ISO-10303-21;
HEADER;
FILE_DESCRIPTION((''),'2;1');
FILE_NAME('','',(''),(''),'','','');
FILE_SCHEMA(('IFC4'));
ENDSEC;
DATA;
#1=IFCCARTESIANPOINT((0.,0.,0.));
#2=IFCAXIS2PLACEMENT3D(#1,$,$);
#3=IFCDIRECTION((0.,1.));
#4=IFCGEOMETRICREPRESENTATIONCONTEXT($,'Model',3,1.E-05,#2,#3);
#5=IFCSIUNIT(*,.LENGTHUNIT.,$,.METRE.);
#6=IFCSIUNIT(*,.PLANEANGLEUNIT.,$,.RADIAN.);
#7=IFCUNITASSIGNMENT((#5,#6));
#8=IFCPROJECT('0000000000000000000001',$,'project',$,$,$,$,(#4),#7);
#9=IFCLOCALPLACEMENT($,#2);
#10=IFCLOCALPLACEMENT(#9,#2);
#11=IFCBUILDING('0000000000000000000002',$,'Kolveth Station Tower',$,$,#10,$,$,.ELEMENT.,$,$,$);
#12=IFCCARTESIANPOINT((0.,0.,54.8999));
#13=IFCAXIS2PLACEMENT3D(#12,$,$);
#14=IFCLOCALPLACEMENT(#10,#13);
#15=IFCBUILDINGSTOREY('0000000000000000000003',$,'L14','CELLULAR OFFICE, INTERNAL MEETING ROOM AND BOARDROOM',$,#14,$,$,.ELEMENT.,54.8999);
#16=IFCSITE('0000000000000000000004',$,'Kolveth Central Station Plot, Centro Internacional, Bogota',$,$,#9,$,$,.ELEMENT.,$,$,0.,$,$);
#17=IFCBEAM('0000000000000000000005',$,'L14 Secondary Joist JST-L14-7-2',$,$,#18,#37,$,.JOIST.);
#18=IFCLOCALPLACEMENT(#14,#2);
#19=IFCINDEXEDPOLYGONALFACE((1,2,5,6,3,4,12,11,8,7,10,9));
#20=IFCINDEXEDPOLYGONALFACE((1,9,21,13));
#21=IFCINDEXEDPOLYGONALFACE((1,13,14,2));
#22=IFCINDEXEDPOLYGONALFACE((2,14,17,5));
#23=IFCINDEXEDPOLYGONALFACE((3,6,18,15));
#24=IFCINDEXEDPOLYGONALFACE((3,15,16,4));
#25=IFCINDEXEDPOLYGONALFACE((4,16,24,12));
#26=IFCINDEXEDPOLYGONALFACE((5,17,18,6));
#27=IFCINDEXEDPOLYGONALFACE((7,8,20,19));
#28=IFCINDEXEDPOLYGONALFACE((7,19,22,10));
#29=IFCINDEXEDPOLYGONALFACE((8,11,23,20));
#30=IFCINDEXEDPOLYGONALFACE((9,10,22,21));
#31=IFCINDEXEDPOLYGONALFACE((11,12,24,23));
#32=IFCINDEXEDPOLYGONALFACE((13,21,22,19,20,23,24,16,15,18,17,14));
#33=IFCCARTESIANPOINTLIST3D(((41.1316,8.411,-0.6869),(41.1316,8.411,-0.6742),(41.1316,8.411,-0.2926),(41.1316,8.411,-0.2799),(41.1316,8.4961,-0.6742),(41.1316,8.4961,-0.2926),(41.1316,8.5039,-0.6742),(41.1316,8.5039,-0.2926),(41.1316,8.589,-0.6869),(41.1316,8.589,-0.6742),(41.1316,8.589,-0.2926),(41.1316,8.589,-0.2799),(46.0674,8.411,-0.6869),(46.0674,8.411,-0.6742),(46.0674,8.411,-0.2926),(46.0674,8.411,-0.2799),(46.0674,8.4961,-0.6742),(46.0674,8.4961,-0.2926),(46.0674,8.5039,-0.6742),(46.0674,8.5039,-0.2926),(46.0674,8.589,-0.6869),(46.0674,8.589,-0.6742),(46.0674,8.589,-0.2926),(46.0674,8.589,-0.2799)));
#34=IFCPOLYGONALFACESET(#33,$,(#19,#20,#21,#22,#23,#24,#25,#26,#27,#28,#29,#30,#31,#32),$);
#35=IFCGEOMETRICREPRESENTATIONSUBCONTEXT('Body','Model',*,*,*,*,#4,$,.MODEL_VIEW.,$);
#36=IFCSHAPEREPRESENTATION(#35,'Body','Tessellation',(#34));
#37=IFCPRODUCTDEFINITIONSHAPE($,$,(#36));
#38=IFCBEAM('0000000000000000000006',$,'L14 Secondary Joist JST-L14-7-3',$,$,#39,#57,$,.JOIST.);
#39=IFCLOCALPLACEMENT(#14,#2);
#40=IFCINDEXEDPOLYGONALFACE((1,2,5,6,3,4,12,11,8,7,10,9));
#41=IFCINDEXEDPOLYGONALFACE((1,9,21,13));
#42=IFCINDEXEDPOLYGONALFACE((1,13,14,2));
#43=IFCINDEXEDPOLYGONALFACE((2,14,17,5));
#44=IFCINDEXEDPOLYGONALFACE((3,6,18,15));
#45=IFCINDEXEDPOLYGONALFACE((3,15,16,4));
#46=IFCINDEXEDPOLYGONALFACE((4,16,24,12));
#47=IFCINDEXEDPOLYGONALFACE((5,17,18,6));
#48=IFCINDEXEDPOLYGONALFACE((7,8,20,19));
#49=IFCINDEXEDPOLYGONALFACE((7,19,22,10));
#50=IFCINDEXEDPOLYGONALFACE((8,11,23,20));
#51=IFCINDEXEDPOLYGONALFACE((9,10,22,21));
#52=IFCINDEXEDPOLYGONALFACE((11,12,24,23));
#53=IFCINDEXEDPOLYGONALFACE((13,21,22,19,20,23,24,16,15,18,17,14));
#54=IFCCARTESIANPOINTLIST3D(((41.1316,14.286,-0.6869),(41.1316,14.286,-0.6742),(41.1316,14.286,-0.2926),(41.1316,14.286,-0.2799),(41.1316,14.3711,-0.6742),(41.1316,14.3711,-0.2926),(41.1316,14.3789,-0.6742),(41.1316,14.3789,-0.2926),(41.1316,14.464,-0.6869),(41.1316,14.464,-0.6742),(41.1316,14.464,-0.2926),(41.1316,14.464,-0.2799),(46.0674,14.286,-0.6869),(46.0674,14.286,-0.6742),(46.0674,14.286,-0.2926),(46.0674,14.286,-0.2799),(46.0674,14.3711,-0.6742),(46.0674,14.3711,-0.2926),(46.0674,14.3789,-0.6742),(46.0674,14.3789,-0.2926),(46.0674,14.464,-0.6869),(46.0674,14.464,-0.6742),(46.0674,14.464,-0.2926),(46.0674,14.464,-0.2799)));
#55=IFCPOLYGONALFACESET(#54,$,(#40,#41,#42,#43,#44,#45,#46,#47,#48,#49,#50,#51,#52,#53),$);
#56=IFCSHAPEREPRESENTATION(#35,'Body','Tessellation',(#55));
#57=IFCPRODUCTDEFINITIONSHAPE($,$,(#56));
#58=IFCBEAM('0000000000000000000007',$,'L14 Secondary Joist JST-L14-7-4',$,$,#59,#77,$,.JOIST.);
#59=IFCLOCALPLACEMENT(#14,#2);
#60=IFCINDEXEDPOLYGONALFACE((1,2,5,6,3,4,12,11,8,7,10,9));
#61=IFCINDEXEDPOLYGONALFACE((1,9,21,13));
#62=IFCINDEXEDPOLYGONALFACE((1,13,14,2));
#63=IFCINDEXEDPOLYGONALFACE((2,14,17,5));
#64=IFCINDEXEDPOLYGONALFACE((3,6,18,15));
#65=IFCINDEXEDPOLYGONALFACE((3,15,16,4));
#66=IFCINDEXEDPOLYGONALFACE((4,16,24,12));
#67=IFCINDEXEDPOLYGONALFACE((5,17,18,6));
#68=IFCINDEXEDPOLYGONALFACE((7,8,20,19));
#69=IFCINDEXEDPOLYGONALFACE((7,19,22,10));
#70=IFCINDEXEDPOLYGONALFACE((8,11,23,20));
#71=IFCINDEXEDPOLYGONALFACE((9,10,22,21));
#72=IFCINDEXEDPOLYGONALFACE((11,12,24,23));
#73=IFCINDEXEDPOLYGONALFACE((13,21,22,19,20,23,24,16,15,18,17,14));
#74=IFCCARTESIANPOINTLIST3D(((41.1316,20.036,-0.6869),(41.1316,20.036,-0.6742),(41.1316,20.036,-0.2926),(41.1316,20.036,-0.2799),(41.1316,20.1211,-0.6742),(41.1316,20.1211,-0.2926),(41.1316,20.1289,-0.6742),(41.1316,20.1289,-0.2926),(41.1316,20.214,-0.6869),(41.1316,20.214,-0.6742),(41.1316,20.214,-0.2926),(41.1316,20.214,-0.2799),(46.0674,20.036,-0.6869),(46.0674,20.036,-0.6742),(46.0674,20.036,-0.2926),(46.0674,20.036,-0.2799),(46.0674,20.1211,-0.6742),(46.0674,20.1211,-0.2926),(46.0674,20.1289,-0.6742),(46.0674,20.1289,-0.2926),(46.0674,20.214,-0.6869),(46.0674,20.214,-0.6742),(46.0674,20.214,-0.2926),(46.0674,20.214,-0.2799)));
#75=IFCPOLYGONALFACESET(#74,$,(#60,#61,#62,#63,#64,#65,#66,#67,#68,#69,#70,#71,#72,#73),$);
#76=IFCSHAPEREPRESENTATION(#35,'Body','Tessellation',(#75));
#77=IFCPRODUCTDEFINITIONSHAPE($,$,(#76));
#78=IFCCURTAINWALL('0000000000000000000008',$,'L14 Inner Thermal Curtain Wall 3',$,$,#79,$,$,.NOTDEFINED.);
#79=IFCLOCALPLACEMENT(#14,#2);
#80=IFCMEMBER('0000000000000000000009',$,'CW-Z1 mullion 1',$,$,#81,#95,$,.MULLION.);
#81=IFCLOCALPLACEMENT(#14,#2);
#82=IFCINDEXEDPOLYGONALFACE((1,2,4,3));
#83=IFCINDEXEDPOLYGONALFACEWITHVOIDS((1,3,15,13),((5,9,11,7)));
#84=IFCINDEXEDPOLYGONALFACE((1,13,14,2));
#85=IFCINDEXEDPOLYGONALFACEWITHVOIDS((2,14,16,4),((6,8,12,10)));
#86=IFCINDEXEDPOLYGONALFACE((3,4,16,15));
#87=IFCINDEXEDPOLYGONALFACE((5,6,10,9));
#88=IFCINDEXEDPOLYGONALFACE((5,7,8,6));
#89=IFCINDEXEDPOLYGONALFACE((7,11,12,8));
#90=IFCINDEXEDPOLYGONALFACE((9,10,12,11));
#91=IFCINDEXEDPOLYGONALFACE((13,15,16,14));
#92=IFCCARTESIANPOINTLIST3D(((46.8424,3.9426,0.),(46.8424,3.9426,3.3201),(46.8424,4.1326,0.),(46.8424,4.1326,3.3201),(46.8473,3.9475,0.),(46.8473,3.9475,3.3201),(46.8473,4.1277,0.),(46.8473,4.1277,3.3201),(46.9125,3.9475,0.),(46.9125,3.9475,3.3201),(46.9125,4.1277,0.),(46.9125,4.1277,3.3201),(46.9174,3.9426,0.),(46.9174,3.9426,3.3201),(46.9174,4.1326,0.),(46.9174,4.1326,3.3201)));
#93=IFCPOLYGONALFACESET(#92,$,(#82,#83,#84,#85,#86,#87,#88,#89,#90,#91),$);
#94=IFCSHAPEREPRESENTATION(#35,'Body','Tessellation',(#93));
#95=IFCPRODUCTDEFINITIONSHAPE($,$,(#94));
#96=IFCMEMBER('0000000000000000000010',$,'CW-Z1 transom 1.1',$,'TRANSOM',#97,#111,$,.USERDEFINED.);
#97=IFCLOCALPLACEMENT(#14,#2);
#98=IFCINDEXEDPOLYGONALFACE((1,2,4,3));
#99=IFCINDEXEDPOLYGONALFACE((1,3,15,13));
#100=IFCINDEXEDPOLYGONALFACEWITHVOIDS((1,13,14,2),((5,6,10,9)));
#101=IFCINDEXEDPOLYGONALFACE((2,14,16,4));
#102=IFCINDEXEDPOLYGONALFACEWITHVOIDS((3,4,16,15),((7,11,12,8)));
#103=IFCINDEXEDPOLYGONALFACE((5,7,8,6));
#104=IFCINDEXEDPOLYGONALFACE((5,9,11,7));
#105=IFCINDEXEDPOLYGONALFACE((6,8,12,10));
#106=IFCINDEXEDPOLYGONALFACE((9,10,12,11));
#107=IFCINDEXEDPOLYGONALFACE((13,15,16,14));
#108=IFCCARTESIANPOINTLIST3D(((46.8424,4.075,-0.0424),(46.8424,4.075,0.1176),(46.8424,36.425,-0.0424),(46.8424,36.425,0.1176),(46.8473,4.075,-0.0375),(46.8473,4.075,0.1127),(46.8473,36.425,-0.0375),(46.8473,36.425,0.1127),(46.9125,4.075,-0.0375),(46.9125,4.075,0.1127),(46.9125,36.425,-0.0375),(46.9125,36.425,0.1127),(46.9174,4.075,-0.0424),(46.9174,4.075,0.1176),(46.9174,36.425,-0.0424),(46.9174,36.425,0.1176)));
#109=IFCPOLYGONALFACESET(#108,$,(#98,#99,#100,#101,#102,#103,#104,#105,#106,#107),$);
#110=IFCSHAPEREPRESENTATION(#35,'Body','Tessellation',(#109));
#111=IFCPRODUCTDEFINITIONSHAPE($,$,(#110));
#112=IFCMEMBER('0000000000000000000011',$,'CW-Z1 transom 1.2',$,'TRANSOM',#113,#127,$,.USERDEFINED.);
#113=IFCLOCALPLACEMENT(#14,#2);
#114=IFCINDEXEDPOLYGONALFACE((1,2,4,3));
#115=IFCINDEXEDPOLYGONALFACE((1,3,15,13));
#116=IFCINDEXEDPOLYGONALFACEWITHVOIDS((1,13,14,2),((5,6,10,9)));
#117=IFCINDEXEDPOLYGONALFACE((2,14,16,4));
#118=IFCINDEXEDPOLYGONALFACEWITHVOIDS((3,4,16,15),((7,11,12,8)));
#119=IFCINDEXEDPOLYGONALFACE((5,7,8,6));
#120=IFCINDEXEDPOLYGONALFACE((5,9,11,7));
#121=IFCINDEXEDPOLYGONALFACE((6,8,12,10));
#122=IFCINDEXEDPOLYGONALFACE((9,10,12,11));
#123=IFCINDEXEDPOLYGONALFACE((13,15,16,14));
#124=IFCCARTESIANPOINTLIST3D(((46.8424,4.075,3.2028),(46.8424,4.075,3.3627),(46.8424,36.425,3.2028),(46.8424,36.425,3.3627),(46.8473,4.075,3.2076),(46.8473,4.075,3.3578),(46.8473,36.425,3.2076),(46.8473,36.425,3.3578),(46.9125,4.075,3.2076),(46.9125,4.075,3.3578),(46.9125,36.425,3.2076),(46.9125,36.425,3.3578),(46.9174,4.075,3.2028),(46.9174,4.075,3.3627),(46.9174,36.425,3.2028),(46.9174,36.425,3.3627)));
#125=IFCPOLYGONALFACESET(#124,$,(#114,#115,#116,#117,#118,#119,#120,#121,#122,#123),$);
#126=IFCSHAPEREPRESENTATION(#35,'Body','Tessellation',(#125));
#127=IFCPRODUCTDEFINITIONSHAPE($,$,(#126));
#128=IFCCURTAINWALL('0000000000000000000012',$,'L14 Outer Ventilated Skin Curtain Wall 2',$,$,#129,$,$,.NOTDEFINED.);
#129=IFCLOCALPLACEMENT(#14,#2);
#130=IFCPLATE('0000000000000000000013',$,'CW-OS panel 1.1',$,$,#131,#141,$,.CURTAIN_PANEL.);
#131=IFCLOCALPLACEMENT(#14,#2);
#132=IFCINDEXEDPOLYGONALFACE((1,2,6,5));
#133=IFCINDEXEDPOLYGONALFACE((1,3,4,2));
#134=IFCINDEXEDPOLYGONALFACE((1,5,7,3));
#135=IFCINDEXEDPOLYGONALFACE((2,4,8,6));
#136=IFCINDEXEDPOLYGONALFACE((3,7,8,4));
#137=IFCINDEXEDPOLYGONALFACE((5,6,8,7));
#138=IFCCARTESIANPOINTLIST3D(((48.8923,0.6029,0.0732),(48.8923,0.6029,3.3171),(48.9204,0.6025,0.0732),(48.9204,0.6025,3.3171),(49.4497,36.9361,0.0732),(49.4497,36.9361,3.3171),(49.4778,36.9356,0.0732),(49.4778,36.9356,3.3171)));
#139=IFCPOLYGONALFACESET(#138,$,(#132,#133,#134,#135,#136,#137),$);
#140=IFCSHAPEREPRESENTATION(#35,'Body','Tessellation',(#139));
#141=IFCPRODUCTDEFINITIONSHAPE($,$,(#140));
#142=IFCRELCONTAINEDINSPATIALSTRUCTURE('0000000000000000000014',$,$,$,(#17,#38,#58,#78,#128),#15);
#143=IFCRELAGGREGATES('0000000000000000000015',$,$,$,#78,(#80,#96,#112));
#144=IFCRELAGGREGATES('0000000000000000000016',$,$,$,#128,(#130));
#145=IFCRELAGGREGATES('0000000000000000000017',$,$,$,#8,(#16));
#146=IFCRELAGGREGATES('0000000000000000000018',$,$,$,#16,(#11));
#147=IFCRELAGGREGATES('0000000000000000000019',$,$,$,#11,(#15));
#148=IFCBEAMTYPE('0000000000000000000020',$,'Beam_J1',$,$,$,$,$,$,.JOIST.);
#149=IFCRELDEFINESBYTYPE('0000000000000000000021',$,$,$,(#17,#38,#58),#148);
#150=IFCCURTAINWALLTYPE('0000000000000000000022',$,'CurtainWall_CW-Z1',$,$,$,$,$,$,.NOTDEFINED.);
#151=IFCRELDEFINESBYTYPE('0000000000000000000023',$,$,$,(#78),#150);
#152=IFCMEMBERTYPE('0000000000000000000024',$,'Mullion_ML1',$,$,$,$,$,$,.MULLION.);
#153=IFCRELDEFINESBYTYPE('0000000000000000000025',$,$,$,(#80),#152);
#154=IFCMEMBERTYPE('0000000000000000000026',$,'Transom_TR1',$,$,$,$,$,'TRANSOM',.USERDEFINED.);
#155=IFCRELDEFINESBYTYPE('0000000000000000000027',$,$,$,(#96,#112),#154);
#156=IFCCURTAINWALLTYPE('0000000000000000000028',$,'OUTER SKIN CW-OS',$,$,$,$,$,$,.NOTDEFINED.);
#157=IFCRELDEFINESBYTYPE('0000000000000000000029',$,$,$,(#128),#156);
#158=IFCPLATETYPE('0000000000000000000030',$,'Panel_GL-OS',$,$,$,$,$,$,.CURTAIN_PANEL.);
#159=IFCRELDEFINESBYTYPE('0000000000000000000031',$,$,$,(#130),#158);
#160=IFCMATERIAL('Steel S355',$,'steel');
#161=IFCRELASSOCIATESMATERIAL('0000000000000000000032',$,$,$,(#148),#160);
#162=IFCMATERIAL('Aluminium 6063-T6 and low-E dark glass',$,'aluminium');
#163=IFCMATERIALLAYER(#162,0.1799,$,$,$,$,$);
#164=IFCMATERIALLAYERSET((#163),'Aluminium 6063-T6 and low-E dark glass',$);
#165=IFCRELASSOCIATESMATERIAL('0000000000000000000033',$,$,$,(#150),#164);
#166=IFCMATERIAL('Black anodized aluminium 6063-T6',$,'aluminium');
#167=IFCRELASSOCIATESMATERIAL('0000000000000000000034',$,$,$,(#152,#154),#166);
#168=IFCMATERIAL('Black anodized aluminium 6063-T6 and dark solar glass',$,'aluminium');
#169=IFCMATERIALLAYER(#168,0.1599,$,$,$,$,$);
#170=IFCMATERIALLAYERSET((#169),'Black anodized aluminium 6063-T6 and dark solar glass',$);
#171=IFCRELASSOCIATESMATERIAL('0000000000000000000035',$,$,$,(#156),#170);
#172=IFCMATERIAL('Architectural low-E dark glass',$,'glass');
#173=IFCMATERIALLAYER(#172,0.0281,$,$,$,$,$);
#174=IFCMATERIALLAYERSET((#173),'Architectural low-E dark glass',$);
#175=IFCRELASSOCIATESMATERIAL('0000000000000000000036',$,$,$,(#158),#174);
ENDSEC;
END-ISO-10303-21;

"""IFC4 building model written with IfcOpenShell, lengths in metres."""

from ifc_helpers import new_model, si_unit, direction, frame, origin, origin_2d, place, context, subcontext, project, spatial, rectangle, hollow_rectangle, i_section, extrude, source, transform, mapped, material, layer, layer_set, material_profile, profile_set, type_object, element, aggregate, save


model = new_model("IFC4")

# Units and contexts
model_context = context("Model", 3, precision=1e-05, world=origin(), true_north=direction((0.0, 1.0)))
body_context = subcontext(model_context, "Body", "Model", "MODEL_VIEW")
ifc_project = project(units=[si_unit("LENGTHUNIT", "METRE"), si_unit("PLANEANGLEUNIT", "RADIAN")], contexts=[model_context])

# Site, building, storey
site_placement = place(None, origin())
site = spatial("IfcSite", under=ifc_project, at=site_placement, Name="Kolveth Central Station Plot, Centro Internacional, Bogota", CompositionType="ELEMENT", RefElevation=0.0)
building_placement = place(site_placement, origin())
building = spatial("IfcBuilding", under=site, at=building_placement, Name="Kolveth Station Tower", CompositionType="ELEMENT")
storey_placement = place(building_placement, frame((0.0, 0.0, 54.8999)))
storey = spatial("IfcBuildingStorey", under=building, at=storey_placement, Name="L14", Description="CELLULAR OFFICE, INTERNAL MEETING ROOM AND BOARDROOM", CompositionType="ELEMENT", Elevation=54.8999)

# Shared definitions
ifc_material_1 = material(Name="Steel S355", Category="steel")

# Beams
ifc_material_profile_1 = material_profile(ifc_material_1, i_section(OverallWidth=0.178, OverallDepth=0.407, WebThickness=0.0078, FlangeThickness=0.0127, at=origin_2d()), Name="W410x60")
ifc_profile_set_1 = profile_set([ifc_material_profile_1], Name="Steel S355")
beam_type_1 = type_object("IfcBeamType", Name="Beam_J1", PredefinedType="JOIST", material=ifc_profile_set_1)
shared_shape_1 = source(origin(), body_context, "Body", "SweptSolid", [
    extrude(i_section(OverallWidth=0.178, OverallDepth=0.407, WebThickness=0.0078, FlangeThickness=0.0127, at=origin_2d()), origin(), (0.0, 0.0, 1.0), 4.9358),
])
for number, where, z_axis, x_axis, name in (
    (1, (41.1316, 8.5, -0.4834), (1.0, 0.0, 0.0), (0.0, 1.0, 0.0), "L14 Secondary Joist JST-L14-7-2"),
    (2, (41.1316, 14.375, -0.4834), (1.0, 0.0, 0.0), (0.0, 1.0, 0.0), "L14 Secondary Joist JST-L14-7-3"),
    (3, (41.1316, 20.125, -0.4834), (1.0, 0.0, 0.0), (0.0, 1.0, 0.0), "L14 Secondary Joist JST-L14-7-4"),
):
    element("IfcBeam", number, at=place(storey_placement, frame(where, z_axis=z_axis, x_axis=x_axis)), inside=storey, type_object=beam_type_1, Name=name, PredefinedType="JOIST", context=body_context, shape_type="MappedRepresentation", body=[
        mapped(shared_shape_1, transform((0.0, 0.0, 0.0), x_axis=(1.0, 0.0, 0.0), y_axis=(0.0, 1.0, 0.0), z_axis=(0.0, 0.0, 1.0), scale=1.0)),
    ])

# Curtain wall, members
ifc_material_2 = material(Name="Aluminium 6063-T6 and low-E dark glass", Category="aluminium")
ifc_layer_1 = layer(ifc_material_2, 0.1799)
ifc_layer_set_1 = layer_set([ifc_layer_1], Name="Aluminium 6063-T6 and low-E dark glass")
curtain_wall_type_1 = type_object("IfcCurtainWallType", Name="CurtainWall_CW-Z1", PredefinedType="NOTDEFINED", material=ifc_layer_set_1)
curtain_wall_1_placement = place(storey_placement, origin())
curtain_wall_1 = element("IfcCurtainWall", 4, at=curtain_wall_1_placement, inside=storey, type_object=curtain_wall_type_1, Name="L14 Inner Thermal Curtain Wall 3", PredefinedType="NOTDEFINED")
ifc_material_3 = material(Name="Black anodized aluminium 6063-T6", Category="aluminium")
ifc_material_profile_2 = material_profile(ifc_material_3, hollow_rectangle(XDim=0.075, YDim=0.1899, WallThickness=0.0049, at=origin_2d()), Name="ALU-75x190x5")
ifc_profile_set_2 = profile_set([ifc_material_profile_2], Name="Black anodized aluminium 6063-T6")
member_type_1 = type_object("IfcMemberType", Name="Mullion_ML1", PredefinedType="MULLION", material=ifc_profile_set_2)
shared_shape_2 = source(origin(), body_context, "Body", "SweptSolid", [
    extrude(hollow_rectangle(XDim=0.075, YDim=0.1899, WallThickness=0.0049, at=origin_2d()), origin(), (0.0, 0.0, 1.0), 3.3201),
])
member_1_placement = place(storey_placement, frame((46.8799, 4.0376, 0.0), z_axis=(0.0, 0.0, 1.0), x_axis=(-1.0, 0.0, 0.0)))
member_1 = element("IfcMember", 5, at=member_1_placement, type_object=member_type_1, Name="CW-Z1 mullion 1", PredefinedType="MULLION", context=body_context, shape_type="MappedRepresentation", body=[
    mapped(shared_shape_2, transform((0.0, 0.0, 0.0), x_axis=(1.0, 0.0, 0.0), y_axis=(0.0, 1.0, 0.0), z_axis=(0.0, 0.0, 1.0), scale=1.0)),
])
ifc_material_profile_3 = material_profile(ifc_material_3, hollow_rectangle(XDim=0.075, YDim=0.1599, WallThickness=0.0049, at=origin_2d()), Name="ALU-75x160x5")
ifc_profile_set_3 = profile_set([ifc_material_profile_3], Name="Black anodized aluminium 6063-T6")
member_type_2 = type_object("IfcMemberType", Name="Transom_TR1", ElementType="TRANSOM", PredefinedType="USERDEFINED", material=ifc_profile_set_3)
shared_shape_3 = source(origin(), body_context, "Body", "SweptSolid", [
    extrude(hollow_rectangle(XDim=0.075, YDim=0.1599, WallThickness=0.0049, at=origin_2d()), origin(), (0.0, 0.0, 1.0), 32.3501),
])
member_2_placement = place(storey_placement, frame((46.8799, 4.075, 0.0376), z_axis=(0.0, 1.0, 0.0), x_axis=(-1.0, 0.0, 0.0)))
member_2 = element("IfcMember", 6, at=member_2_placement, type_object=member_type_2, Name="CW-Z1 transom 1.1", ObjectType="TRANSOM", PredefinedType="USERDEFINED", context=body_context, shape_type="MappedRepresentation", body=[
    mapped(shared_shape_3, transform((0.0, 0.0, 0.0), x_axis=(1.0, 0.0, 0.0), y_axis=(0.0, 1.0, 0.0), z_axis=(0.0, 0.0, 1.0), scale=1.0)),
])
member_3_placement = place(storey_placement, frame((46.8799, 4.075, 3.2827), z_axis=(0.0, 1.0, 0.0), x_axis=(-1.0, 0.0, 0.0)))
member_3 = element("IfcMember", 7, at=member_3_placement, type_object=member_type_2, Name="CW-Z1 transom 1.2", ObjectType="TRANSOM", PredefinedType="USERDEFINED", context=body_context, shape_type="MappedRepresentation", body=[
    mapped(shared_shape_3, transform((0.0, 0.0, 0.0), x_axis=(1.0, 0.0, 0.0), y_axis=(0.0, 1.0, 0.0), z_axis=(0.0, 0.0, 1.0), scale=1.0)),
])
aggregate(curtain_wall_1, [member_1, member_2, member_3])

# Curtain wall, plate
ifc_material_4 = material(Name="Black anodized aluminium 6063-T6 and dark solar glass", Category="aluminium")
ifc_layer_2 = layer(ifc_material_4, 0.1599)
ifc_layer_set_2 = layer_set([ifc_layer_2], Name="Black anodized aluminium 6063-T6 and dark solar glass")
curtain_wall_type_2 = type_object("IfcCurtainWallType", Name="OUTER SKIN CW-OS", PredefinedType="NOTDEFINED", material=ifc_layer_set_2)
curtain_wall_2_placement = place(storey_placement, origin())
curtain_wall_2 = element("IfcCurtainWall", 8, at=curtain_wall_2_placement, inside=storey, type_object=curtain_wall_type_2, Name="L14 Outer Ventilated Skin Curtain Wall 2", PredefinedType="NOTDEFINED")
ifc_material_5 = material(Name="Architectural low-E dark glass", Category="glass")
ifc_layer_3 = layer(ifc_material_5, 0.0281)
ifc_layer_set_3 = layer_set([ifc_layer_3], Name="Architectural low-E dark glass")
plate_type = type_object("IfcPlateType", Name="Panel_GL-OS", PredefinedType="CURTAIN_PANEL", material=ifc_layer_set_3)
shared_shape_4 = source(origin(), body_context, "Body", "SweptSolid", [
    extrude(rectangle(XDim=36.3374, YDim=0.0281, at=origin_2d()), origin(), (0.0, 0.0, 1.0), 3.2439),
])
plate_placement = place(storey_placement, frame((49.1851, 18.7693, 0.0732), z_axis=(0.0, 0.0, 1.0), x_axis=(0.015341, 0.999882, 0.0)))
plate = element("IfcPlate", 9, at=plate_placement, type_object=plate_type, Name="CW-OS panel 1.1", PredefinedType="CURTAIN_PANEL", context=body_context, shape_type="MappedRepresentation", body=[
    mapped(shared_shape_4, transform((0.0, 0.0, 0.0), x_axis=(1.0, 0.0, 0.0), y_axis=(0.0, 1.0, 0.0), z_axis=(0.0, 0.0, 1.0), scale=1.0)),
])
aggregate(curtain_wall_2, [plate])

save(model, "model.ifc")
